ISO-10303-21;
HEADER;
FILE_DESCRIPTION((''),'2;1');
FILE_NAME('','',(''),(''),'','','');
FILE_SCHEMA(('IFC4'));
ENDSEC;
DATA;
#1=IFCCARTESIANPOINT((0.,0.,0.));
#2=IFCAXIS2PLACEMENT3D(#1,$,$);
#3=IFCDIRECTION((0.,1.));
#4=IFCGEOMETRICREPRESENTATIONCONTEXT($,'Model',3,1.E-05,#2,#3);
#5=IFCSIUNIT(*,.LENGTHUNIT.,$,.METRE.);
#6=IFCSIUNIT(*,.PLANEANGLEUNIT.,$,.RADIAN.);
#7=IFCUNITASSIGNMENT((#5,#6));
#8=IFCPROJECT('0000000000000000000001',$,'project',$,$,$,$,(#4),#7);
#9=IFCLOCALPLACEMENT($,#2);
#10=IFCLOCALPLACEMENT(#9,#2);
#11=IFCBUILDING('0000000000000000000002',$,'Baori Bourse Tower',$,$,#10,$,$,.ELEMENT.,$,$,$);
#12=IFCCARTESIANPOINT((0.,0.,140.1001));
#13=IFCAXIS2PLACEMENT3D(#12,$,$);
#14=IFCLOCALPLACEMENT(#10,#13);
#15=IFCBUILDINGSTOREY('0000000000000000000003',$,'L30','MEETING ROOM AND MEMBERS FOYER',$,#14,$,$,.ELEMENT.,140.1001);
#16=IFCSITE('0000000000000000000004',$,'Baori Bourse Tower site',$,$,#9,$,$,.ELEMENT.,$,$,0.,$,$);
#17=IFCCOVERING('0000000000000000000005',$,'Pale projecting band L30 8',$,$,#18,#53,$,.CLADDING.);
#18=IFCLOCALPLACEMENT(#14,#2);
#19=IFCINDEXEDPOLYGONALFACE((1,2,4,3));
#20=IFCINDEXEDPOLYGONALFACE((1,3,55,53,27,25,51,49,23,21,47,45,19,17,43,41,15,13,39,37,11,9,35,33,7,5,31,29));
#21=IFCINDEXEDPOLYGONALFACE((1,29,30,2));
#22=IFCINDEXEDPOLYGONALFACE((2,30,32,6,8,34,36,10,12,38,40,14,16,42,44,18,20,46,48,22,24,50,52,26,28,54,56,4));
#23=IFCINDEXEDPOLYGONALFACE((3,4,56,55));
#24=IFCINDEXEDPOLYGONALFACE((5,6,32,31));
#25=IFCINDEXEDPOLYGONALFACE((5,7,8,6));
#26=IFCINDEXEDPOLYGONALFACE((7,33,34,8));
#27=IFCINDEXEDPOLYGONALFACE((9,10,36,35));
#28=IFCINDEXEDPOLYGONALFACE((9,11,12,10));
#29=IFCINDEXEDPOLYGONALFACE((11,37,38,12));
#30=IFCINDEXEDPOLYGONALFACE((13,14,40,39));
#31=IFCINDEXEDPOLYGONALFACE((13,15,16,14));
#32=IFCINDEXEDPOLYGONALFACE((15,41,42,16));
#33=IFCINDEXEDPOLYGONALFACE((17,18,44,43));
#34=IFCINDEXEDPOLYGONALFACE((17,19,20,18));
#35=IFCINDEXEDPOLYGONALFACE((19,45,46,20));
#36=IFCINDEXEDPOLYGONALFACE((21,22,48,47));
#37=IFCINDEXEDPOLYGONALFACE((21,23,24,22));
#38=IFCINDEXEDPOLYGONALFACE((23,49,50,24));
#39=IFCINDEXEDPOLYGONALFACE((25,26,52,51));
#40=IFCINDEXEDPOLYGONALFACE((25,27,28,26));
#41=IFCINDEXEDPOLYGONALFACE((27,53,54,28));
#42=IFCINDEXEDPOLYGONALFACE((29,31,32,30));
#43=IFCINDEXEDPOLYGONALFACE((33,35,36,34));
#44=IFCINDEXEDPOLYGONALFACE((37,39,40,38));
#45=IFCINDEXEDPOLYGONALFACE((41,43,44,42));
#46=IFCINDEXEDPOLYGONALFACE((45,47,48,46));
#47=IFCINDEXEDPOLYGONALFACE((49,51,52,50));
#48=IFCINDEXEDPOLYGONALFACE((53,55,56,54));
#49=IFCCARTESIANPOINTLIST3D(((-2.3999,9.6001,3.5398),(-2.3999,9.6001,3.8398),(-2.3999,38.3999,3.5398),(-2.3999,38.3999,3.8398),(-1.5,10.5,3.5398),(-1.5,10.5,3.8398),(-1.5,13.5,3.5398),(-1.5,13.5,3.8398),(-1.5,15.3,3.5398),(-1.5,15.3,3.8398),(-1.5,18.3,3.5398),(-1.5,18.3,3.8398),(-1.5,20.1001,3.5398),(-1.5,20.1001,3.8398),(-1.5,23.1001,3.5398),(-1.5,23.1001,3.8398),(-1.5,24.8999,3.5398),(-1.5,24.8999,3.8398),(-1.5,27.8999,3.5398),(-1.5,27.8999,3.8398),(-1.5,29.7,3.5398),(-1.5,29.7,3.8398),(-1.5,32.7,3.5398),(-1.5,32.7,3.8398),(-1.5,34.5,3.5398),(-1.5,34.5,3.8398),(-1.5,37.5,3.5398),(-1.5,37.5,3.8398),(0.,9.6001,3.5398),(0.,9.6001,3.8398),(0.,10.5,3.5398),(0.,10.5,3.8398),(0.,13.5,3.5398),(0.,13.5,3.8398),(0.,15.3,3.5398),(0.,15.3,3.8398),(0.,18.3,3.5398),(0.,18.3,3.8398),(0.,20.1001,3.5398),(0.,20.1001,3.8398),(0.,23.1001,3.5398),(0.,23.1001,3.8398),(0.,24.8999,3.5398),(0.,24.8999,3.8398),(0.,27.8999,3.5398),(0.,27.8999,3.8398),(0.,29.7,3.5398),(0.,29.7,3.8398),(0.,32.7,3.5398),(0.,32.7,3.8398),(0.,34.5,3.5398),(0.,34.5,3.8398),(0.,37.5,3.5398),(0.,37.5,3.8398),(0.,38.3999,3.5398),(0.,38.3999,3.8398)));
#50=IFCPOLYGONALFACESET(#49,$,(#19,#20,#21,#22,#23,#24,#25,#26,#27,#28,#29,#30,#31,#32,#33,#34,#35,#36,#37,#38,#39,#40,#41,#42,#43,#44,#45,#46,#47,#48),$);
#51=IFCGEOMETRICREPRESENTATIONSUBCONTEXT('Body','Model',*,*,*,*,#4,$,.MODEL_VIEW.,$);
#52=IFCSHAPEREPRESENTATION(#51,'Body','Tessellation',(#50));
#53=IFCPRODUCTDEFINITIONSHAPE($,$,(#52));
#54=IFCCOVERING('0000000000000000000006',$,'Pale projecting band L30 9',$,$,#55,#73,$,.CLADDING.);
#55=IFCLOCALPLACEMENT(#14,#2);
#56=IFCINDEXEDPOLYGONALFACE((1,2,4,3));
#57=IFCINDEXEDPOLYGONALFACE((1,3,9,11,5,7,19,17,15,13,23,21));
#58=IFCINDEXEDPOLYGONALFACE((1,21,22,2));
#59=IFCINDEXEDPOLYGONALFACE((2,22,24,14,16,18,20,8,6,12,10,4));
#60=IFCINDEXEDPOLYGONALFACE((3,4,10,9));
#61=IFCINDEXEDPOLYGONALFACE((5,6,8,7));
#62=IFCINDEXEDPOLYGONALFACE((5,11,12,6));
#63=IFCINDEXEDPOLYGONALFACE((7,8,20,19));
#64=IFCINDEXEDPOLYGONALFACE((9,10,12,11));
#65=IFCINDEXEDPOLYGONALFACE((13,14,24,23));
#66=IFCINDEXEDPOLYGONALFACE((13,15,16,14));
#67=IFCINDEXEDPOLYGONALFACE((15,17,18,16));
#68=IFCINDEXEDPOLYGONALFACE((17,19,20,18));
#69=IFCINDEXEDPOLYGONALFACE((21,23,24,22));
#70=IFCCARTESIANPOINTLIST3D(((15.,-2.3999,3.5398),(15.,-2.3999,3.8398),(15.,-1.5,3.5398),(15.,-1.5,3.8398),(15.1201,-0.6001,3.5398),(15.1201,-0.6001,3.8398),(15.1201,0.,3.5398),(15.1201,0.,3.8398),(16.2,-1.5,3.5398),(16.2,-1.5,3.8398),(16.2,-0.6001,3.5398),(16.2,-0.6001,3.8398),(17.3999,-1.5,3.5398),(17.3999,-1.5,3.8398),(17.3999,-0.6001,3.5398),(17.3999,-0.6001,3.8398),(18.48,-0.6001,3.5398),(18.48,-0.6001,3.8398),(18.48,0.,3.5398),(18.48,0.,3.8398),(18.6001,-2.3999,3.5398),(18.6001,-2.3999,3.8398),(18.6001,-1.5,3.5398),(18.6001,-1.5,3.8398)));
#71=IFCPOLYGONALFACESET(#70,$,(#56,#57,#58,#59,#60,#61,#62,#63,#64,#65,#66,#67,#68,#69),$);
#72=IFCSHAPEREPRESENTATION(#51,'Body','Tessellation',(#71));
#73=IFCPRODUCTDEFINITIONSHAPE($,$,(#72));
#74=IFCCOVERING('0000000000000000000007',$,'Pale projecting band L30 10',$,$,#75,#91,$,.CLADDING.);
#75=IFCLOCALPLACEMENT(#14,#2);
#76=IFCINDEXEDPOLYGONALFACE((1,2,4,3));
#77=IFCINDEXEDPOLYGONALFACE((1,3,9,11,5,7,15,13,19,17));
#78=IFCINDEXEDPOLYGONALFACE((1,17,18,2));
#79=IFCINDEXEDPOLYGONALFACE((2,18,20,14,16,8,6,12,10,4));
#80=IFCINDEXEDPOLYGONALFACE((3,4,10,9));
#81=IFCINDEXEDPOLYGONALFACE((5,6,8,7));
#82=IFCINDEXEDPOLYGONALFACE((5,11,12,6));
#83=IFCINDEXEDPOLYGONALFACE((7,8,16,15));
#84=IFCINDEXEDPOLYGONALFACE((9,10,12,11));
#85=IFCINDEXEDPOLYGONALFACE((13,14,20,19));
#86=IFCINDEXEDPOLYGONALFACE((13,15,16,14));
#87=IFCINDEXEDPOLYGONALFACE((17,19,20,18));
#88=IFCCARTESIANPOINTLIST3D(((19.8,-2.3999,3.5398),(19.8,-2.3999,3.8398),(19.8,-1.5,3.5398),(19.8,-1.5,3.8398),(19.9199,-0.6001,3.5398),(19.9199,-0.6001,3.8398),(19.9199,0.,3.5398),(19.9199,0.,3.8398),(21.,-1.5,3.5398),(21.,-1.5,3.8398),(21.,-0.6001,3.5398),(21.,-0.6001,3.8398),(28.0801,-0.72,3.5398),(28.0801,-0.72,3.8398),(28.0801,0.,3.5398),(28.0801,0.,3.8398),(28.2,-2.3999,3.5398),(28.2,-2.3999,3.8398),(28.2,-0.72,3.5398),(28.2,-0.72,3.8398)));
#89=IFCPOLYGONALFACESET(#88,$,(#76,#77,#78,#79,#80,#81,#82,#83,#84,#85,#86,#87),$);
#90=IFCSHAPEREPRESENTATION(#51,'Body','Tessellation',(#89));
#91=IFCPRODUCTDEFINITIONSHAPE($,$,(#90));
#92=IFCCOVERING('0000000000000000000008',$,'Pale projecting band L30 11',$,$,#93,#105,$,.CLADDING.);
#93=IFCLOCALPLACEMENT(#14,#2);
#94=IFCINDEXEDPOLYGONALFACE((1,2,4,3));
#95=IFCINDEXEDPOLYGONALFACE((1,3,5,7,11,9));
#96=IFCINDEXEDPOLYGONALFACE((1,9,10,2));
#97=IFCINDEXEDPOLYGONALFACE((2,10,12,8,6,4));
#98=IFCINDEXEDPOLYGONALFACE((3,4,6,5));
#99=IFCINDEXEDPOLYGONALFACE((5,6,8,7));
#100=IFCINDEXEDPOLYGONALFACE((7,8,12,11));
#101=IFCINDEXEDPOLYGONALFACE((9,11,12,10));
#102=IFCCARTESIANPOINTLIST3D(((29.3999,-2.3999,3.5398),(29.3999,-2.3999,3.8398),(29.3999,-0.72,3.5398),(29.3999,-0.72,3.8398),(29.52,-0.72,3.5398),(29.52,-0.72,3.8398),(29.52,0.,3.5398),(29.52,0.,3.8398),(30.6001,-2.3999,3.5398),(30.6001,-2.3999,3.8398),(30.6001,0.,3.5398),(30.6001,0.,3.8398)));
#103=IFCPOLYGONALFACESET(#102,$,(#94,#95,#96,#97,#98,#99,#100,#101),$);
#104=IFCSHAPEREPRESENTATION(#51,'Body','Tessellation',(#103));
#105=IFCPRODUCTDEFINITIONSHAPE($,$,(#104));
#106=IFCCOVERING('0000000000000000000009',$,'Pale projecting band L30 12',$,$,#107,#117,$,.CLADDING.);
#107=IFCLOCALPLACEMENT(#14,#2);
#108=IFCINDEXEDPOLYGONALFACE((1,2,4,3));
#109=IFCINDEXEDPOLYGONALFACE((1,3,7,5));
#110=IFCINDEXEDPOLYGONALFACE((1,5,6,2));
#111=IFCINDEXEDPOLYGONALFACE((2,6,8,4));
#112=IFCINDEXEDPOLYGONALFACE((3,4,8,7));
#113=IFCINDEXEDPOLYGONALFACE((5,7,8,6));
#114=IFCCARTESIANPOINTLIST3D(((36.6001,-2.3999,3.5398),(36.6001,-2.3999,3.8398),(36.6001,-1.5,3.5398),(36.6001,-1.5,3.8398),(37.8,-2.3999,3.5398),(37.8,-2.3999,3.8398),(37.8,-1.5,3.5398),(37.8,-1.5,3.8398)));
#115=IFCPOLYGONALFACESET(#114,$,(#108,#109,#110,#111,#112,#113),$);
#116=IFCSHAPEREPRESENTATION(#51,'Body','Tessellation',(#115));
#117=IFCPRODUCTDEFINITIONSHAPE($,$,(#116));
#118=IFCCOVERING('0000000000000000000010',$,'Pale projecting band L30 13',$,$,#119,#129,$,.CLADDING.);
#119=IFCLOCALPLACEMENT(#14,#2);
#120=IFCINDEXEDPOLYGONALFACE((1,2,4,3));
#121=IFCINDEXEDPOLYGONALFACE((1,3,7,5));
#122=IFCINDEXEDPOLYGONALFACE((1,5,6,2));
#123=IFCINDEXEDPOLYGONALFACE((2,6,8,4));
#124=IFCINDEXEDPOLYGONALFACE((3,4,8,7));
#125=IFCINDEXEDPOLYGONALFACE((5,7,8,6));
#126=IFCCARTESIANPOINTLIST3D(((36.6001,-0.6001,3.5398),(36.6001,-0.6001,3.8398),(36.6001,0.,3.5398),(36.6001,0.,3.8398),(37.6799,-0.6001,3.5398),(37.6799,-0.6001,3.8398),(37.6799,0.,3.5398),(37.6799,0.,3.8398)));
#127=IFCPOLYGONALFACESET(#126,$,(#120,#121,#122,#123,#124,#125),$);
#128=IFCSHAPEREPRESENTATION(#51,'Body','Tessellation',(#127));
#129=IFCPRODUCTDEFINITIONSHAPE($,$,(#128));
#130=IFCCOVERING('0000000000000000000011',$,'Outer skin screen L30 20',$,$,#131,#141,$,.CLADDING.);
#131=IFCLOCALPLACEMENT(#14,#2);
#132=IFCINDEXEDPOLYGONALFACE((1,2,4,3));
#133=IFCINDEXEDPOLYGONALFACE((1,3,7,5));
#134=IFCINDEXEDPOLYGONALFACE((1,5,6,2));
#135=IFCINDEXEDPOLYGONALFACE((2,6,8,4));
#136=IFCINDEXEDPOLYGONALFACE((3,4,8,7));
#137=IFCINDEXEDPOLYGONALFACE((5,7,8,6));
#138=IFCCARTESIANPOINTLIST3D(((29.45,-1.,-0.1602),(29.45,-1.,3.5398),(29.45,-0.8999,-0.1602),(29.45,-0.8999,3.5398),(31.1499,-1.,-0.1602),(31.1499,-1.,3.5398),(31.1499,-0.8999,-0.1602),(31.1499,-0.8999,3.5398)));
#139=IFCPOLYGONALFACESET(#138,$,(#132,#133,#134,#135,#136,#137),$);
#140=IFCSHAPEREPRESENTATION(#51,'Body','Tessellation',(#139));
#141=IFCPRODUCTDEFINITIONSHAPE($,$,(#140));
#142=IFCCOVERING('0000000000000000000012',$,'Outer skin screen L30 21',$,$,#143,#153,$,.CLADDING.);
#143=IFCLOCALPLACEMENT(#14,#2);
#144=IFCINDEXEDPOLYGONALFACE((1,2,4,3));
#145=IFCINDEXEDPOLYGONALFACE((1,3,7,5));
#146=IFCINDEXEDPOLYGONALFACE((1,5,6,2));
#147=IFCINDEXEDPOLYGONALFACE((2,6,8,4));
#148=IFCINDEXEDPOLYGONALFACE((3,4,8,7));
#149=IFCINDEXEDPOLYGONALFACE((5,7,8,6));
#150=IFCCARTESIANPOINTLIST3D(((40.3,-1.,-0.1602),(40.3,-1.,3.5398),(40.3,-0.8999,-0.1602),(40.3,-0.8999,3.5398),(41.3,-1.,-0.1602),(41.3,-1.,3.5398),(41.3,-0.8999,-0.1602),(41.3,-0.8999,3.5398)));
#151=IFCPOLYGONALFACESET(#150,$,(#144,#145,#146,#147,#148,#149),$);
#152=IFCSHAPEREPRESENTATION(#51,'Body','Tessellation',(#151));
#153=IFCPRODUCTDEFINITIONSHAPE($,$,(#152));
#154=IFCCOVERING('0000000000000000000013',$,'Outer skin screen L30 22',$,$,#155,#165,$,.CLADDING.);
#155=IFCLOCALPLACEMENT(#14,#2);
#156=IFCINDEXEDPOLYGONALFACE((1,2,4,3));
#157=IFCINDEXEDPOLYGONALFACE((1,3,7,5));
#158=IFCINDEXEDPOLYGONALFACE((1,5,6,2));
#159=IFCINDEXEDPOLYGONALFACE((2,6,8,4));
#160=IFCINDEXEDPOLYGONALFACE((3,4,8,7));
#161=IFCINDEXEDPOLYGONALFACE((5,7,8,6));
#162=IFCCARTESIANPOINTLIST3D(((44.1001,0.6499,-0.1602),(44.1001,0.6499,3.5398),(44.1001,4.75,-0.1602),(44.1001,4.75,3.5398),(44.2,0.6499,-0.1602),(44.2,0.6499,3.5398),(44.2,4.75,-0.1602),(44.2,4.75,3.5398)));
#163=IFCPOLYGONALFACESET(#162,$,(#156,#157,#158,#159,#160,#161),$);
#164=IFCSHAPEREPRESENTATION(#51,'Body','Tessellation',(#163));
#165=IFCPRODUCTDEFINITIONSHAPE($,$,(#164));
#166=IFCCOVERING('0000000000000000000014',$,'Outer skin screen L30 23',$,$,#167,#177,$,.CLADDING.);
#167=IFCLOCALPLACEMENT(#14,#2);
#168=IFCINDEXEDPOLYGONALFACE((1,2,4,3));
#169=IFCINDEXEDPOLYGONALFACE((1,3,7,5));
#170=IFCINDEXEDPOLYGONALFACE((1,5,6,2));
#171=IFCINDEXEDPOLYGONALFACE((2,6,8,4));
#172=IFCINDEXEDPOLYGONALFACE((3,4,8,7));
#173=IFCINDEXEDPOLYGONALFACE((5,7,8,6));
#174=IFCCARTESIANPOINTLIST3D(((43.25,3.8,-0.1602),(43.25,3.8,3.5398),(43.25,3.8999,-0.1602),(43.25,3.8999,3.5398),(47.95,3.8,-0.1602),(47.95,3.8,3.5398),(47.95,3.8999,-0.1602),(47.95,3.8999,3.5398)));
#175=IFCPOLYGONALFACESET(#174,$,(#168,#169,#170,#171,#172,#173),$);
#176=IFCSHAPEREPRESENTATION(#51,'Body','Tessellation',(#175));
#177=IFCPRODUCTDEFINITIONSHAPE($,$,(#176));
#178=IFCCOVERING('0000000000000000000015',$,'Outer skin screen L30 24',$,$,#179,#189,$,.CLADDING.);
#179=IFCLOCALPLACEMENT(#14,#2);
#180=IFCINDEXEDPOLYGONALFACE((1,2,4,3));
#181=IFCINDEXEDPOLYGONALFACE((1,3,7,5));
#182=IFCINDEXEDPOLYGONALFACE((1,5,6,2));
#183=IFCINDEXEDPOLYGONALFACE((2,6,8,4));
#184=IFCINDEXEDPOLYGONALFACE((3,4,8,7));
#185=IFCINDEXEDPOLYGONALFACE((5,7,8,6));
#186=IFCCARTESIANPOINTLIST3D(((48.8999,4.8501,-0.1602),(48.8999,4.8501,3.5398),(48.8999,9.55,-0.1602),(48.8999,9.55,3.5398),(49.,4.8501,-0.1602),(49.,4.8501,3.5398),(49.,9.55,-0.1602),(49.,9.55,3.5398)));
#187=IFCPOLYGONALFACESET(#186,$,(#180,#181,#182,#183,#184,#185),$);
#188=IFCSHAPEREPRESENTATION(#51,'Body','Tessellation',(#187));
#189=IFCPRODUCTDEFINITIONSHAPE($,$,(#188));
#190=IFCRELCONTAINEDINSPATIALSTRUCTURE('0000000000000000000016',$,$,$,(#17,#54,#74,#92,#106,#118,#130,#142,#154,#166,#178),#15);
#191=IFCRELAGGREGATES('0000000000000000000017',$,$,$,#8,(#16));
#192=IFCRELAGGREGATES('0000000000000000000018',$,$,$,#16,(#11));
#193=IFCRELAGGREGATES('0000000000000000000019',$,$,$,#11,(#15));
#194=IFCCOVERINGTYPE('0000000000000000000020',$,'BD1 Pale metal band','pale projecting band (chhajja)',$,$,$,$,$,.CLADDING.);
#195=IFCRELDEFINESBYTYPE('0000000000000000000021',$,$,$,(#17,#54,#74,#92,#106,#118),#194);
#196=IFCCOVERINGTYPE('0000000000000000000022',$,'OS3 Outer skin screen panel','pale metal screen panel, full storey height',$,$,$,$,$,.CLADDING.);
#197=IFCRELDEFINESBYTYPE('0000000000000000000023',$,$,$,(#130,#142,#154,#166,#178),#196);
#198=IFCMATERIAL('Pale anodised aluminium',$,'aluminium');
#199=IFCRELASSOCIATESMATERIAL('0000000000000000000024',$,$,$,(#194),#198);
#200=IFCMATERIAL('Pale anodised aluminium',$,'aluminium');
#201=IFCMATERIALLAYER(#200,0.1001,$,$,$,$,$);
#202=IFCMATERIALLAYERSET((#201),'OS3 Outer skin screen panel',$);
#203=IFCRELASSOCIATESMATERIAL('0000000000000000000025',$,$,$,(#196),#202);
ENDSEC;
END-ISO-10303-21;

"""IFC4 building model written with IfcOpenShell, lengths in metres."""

from ifc_helpers import new_model, si_unit, direction, frame, origin, place, context, subcontext, project, spatial, polyline, outline, extrude, material, layer, layer_set, type_object, element, save


model = new_model("IFC4")

# Units and contexts
model_context = context("Model", 3, precision=1e-05, world=origin(), true_north=direction((0.0, 1.0)))
body_context = subcontext(model_context, "Body", "Model", "MODEL_VIEW")
ifc_project = project(units=[si_unit("LENGTHUNIT", "METRE"), si_unit("PLANEANGLEUNIT", "RADIAN")], contexts=[model_context])

# Site, building, storey
site_placement = place(None, origin())
site = spatial("IfcSite", under=ifc_project, at=site_placement, Name="Baori Bourse Tower site", CompositionType="ELEMENT", RefElevation=0.0)
building_placement = place(site_placement, origin())
building = spatial("IfcBuilding", under=site, at=building_placement, Name="Baori Bourse Tower", CompositionType="ELEMENT")
storey_placement = place(building_placement, frame((0.0, 0.0, 140.1001)))
storey = spatial("IfcBuildingStorey", under=building, at=storey_placement, Name="L30", Description="MEETING ROOM AND MEMBERS FOYER", CompositionType="ELEMENT", Elevation=140.1001)

# Coverings
ifc_material_1 = material(Name="Pale anodised aluminium", Category="aluminium")
covering_type_1 = type_object("IfcCoveringType", Name="BD1 Pale metal band", Description="pale projecting band (chhajja)", PredefinedType="CLADDING", material=ifc_material_1)
covering_1_placement = place(storey_placement, frame((0.0, 0.0, 3.5398)))
element("IfcCovering", 1, at=covering_1_placement, inside=storey, type_object=covering_type_1, Name="Pale projecting band L30 8", PredefinedType="CLADDING", context=body_context, shape_type="SweptSolid", body=[
    extrude(outline(polyline([(0.0, 37.5), (0.0, 38.3999), (-2.3999, 38.3999), (-2.3999, 9.6001), (0.0, 9.6001), (0.0, 10.5), (-1.5, 10.5), (-1.5, 13.5), (0.0, 13.5), (0.0, 15.3), (-1.5, 15.3), (-1.5, 18.3), (0.0, 18.3), (0.0, 20.1001), (-1.5, 20.1001), (-1.5, 23.1001), (0.0, 23.1001), (0.0, 24.8999), (-1.5, 24.8999), (-1.5, 27.8999), (0.0, 27.8999), (0.0, 29.7), (-1.5, 29.7), (-1.5, 32.7), (0.0, 32.7), (0.0, 34.5), (-1.5, 34.5), (-1.5, 37.5), (0.0, 37.5)])), origin(), (0.0, 0.0, 1.0), 0.3),
])
covering_2_placement = place(storey_placement, frame((0.0, 0.0, 3.5398)))
element("IfcCovering", 2, at=covering_2_placement, inside=storey, type_object=covering_type_1, Name="Pale projecting band L30 9", PredefinedType="CLADDING", context=body_context, shape_type="SweptSolid", body=[
    extrude(outline(polyline([(18.48, 0.0), (15.1201, 0.0), (15.1201, -0.6001), (16.2, -0.6001), (16.2, -1.5), (15.0, -1.5), (15.0, -2.3999), (18.6001, -2.3999), (18.6001, -1.5), (17.3999, -1.5), (17.3999, -0.6001), (18.48, -0.6001), (18.48, 0.0)])), origin(), (0.0, 0.0, 1.0), 0.3),
])
covering_3_placement = place(storey_placement, frame((0.0, 0.0, 3.5398)))
element("IfcCovering", 3, at=covering_3_placement, inside=storey, type_object=covering_type_1, Name="Pale projecting band L30 10", PredefinedType="CLADDING", context=body_context, shape_type="SweptSolid", body=[
    extrude(outline(polyline([(28.0801, 0.0), (19.9199, 0.0), (19.9199, -0.6001), (21.0, -0.6001), (21.0, -1.5), (19.8, -1.5), (19.8, -2.3999), (28.2, -2.3999), (28.2, -0.72), (28.0801, -0.72), (28.0801, 0.0)])), origin(), (0.0, 0.0, 1.0), 0.3),
])
covering_4_placement = place(storey_placement, frame((0.0, 0.0, 3.5398)))
element("IfcCovering", 4, at=covering_4_placement, inside=storey, type_object=covering_type_1, Name="Pale projecting band L30 11", PredefinedType="CLADDING", context=body_context, shape_type="SweptSolid", body=[
    extrude(outline(polyline([(30.6001, 0.0), (29.52, 0.0), (29.52, -0.72), (29.3999, -0.72), (29.3999, -2.3999), (30.6001, -2.3999), (30.6001, 0.0)])), origin(), (0.0, 0.0, 1.0), 0.3),
])
covering_5_placement = place(storey_placement, frame((0.0, 0.0, 3.5398)))
element("IfcCovering", 5, at=covering_5_placement, inside=storey, type_object=covering_type_1, Name="Pale projecting band L30 12", PredefinedType="CLADDING", context=body_context, shape_type="SweptSolid", body=[
    extrude(outline(polyline([(37.8, -2.3999), (37.8, -1.5), (36.6001, -1.5), (36.6001, -2.3999), (37.8, -2.3999)])), origin(), (0.0, 0.0, 1.0), 0.3),
])
covering_6_placement = place(storey_placement, frame((0.0, 0.0, 3.5398)))
element("IfcCovering", 6, at=covering_6_placement, inside=storey, type_object=covering_type_1, Name="Pale projecting band L30 13", PredefinedType="CLADDING", context=body_context, shape_type="SweptSolid", body=[
    extrude(outline(polyline([(37.6799, 0.0), (36.6001, 0.0), (36.6001, -0.6001), (37.6799, -0.6001), (37.6799, 0.0)])), origin(), (0.0, 0.0, 1.0), 0.3),
])
ifc_material_2 = material(Name="Pale anodised aluminium", Category="aluminium")
ifc_layer = layer(ifc_material_2, 0.1001)
ifc_layer_set = layer_set([ifc_layer], Name="OS3 Outer skin screen panel")
covering_type_2 = type_object("IfcCoveringType", Name="OS3 Outer skin screen panel", Description="pale metal screen panel, full storey height", PredefinedType="CLADDING", material=ifc_layer_set)
covering_7_placement = place(storey_placement, frame((0.0, 0.0, -0.1602)))
element("IfcCovering", 7, at=covering_7_placement, inside=storey, type_object=covering_type_2, Name="Outer skin screen L30 20", PredefinedType="CLADDING", context=body_context, shape_type="SweptSolid", body=[
    extrude(outline(polyline([(31.1499, -0.8999), (29.45, -0.8999), (29.45, -1.0), (31.1499, -1.0), (31.1499, -0.8999)])), origin(), (0.0, 0.0, 1.0), 3.7),
])
covering_8_placement = place(storey_placement, frame((0.0, 0.0, -0.1602)))
element("IfcCovering", 8, at=covering_8_placement, inside=storey, type_object=covering_type_2, Name="Outer skin screen L30 21", PredefinedType="CLADDING", context=body_context, shape_type="SweptSolid", body=[
    extrude(outline(polyline([(41.3, -0.8999), (40.3, -0.8999), (40.3, -1.0), (41.3, -1.0), (41.3, -0.8999)])), origin(), (0.0, 0.0, 1.0), 3.7),
])
covering_9_placement = place(storey_placement, frame((0.0, 0.0, -0.1602)))
element("IfcCovering", 9, at=covering_9_placement, inside=storey, type_object=covering_type_2, Name="Outer skin screen L30 22", PredefinedType="CLADDING", context=body_context, shape_type="SweptSolid", body=[
    extrude(outline(polyline([(44.1001, 4.75), (44.1001, 0.6499), (44.2, 0.6499), (44.2, 4.75), (44.1001, 4.75)])), origin(), (0.0, 0.0, 1.0), 3.7),
])
covering_10_placement = place(storey_placement, frame((0.0, 0.0, -0.1602)))
element("IfcCovering", 10, at=covering_10_placement, inside=storey, type_object=covering_type_2, Name="Outer skin screen L30 23", PredefinedType="CLADDING", context=body_context, shape_type="SweptSolid", body=[
    extrude(outline(polyline([(47.95, 3.8999), (43.25, 3.8999), (43.25, 3.8), (47.95, 3.8), (47.95, 3.8999)])), origin(), (0.0, 0.0, 1.0), 3.7),
])
covering_11_placement = place(storey_placement, frame((0.0, 0.0, -0.1602)))
element("IfcCovering", 11, at=covering_11_placement, inside=storey, type_object=covering_type_2, Name="Outer skin screen L30 24", PredefinedType="CLADDING", context=body_context, shape_type="SweptSolid", body=[
    extrude(outline(polyline([(48.8999, 9.55), (48.8999, 4.8501), (49.0, 4.8501), (49.0, 9.55), (48.8999, 9.55)])), origin(), (0.0, 0.0, 1.0), 3.7),
])

save(model, "model.ifc")
